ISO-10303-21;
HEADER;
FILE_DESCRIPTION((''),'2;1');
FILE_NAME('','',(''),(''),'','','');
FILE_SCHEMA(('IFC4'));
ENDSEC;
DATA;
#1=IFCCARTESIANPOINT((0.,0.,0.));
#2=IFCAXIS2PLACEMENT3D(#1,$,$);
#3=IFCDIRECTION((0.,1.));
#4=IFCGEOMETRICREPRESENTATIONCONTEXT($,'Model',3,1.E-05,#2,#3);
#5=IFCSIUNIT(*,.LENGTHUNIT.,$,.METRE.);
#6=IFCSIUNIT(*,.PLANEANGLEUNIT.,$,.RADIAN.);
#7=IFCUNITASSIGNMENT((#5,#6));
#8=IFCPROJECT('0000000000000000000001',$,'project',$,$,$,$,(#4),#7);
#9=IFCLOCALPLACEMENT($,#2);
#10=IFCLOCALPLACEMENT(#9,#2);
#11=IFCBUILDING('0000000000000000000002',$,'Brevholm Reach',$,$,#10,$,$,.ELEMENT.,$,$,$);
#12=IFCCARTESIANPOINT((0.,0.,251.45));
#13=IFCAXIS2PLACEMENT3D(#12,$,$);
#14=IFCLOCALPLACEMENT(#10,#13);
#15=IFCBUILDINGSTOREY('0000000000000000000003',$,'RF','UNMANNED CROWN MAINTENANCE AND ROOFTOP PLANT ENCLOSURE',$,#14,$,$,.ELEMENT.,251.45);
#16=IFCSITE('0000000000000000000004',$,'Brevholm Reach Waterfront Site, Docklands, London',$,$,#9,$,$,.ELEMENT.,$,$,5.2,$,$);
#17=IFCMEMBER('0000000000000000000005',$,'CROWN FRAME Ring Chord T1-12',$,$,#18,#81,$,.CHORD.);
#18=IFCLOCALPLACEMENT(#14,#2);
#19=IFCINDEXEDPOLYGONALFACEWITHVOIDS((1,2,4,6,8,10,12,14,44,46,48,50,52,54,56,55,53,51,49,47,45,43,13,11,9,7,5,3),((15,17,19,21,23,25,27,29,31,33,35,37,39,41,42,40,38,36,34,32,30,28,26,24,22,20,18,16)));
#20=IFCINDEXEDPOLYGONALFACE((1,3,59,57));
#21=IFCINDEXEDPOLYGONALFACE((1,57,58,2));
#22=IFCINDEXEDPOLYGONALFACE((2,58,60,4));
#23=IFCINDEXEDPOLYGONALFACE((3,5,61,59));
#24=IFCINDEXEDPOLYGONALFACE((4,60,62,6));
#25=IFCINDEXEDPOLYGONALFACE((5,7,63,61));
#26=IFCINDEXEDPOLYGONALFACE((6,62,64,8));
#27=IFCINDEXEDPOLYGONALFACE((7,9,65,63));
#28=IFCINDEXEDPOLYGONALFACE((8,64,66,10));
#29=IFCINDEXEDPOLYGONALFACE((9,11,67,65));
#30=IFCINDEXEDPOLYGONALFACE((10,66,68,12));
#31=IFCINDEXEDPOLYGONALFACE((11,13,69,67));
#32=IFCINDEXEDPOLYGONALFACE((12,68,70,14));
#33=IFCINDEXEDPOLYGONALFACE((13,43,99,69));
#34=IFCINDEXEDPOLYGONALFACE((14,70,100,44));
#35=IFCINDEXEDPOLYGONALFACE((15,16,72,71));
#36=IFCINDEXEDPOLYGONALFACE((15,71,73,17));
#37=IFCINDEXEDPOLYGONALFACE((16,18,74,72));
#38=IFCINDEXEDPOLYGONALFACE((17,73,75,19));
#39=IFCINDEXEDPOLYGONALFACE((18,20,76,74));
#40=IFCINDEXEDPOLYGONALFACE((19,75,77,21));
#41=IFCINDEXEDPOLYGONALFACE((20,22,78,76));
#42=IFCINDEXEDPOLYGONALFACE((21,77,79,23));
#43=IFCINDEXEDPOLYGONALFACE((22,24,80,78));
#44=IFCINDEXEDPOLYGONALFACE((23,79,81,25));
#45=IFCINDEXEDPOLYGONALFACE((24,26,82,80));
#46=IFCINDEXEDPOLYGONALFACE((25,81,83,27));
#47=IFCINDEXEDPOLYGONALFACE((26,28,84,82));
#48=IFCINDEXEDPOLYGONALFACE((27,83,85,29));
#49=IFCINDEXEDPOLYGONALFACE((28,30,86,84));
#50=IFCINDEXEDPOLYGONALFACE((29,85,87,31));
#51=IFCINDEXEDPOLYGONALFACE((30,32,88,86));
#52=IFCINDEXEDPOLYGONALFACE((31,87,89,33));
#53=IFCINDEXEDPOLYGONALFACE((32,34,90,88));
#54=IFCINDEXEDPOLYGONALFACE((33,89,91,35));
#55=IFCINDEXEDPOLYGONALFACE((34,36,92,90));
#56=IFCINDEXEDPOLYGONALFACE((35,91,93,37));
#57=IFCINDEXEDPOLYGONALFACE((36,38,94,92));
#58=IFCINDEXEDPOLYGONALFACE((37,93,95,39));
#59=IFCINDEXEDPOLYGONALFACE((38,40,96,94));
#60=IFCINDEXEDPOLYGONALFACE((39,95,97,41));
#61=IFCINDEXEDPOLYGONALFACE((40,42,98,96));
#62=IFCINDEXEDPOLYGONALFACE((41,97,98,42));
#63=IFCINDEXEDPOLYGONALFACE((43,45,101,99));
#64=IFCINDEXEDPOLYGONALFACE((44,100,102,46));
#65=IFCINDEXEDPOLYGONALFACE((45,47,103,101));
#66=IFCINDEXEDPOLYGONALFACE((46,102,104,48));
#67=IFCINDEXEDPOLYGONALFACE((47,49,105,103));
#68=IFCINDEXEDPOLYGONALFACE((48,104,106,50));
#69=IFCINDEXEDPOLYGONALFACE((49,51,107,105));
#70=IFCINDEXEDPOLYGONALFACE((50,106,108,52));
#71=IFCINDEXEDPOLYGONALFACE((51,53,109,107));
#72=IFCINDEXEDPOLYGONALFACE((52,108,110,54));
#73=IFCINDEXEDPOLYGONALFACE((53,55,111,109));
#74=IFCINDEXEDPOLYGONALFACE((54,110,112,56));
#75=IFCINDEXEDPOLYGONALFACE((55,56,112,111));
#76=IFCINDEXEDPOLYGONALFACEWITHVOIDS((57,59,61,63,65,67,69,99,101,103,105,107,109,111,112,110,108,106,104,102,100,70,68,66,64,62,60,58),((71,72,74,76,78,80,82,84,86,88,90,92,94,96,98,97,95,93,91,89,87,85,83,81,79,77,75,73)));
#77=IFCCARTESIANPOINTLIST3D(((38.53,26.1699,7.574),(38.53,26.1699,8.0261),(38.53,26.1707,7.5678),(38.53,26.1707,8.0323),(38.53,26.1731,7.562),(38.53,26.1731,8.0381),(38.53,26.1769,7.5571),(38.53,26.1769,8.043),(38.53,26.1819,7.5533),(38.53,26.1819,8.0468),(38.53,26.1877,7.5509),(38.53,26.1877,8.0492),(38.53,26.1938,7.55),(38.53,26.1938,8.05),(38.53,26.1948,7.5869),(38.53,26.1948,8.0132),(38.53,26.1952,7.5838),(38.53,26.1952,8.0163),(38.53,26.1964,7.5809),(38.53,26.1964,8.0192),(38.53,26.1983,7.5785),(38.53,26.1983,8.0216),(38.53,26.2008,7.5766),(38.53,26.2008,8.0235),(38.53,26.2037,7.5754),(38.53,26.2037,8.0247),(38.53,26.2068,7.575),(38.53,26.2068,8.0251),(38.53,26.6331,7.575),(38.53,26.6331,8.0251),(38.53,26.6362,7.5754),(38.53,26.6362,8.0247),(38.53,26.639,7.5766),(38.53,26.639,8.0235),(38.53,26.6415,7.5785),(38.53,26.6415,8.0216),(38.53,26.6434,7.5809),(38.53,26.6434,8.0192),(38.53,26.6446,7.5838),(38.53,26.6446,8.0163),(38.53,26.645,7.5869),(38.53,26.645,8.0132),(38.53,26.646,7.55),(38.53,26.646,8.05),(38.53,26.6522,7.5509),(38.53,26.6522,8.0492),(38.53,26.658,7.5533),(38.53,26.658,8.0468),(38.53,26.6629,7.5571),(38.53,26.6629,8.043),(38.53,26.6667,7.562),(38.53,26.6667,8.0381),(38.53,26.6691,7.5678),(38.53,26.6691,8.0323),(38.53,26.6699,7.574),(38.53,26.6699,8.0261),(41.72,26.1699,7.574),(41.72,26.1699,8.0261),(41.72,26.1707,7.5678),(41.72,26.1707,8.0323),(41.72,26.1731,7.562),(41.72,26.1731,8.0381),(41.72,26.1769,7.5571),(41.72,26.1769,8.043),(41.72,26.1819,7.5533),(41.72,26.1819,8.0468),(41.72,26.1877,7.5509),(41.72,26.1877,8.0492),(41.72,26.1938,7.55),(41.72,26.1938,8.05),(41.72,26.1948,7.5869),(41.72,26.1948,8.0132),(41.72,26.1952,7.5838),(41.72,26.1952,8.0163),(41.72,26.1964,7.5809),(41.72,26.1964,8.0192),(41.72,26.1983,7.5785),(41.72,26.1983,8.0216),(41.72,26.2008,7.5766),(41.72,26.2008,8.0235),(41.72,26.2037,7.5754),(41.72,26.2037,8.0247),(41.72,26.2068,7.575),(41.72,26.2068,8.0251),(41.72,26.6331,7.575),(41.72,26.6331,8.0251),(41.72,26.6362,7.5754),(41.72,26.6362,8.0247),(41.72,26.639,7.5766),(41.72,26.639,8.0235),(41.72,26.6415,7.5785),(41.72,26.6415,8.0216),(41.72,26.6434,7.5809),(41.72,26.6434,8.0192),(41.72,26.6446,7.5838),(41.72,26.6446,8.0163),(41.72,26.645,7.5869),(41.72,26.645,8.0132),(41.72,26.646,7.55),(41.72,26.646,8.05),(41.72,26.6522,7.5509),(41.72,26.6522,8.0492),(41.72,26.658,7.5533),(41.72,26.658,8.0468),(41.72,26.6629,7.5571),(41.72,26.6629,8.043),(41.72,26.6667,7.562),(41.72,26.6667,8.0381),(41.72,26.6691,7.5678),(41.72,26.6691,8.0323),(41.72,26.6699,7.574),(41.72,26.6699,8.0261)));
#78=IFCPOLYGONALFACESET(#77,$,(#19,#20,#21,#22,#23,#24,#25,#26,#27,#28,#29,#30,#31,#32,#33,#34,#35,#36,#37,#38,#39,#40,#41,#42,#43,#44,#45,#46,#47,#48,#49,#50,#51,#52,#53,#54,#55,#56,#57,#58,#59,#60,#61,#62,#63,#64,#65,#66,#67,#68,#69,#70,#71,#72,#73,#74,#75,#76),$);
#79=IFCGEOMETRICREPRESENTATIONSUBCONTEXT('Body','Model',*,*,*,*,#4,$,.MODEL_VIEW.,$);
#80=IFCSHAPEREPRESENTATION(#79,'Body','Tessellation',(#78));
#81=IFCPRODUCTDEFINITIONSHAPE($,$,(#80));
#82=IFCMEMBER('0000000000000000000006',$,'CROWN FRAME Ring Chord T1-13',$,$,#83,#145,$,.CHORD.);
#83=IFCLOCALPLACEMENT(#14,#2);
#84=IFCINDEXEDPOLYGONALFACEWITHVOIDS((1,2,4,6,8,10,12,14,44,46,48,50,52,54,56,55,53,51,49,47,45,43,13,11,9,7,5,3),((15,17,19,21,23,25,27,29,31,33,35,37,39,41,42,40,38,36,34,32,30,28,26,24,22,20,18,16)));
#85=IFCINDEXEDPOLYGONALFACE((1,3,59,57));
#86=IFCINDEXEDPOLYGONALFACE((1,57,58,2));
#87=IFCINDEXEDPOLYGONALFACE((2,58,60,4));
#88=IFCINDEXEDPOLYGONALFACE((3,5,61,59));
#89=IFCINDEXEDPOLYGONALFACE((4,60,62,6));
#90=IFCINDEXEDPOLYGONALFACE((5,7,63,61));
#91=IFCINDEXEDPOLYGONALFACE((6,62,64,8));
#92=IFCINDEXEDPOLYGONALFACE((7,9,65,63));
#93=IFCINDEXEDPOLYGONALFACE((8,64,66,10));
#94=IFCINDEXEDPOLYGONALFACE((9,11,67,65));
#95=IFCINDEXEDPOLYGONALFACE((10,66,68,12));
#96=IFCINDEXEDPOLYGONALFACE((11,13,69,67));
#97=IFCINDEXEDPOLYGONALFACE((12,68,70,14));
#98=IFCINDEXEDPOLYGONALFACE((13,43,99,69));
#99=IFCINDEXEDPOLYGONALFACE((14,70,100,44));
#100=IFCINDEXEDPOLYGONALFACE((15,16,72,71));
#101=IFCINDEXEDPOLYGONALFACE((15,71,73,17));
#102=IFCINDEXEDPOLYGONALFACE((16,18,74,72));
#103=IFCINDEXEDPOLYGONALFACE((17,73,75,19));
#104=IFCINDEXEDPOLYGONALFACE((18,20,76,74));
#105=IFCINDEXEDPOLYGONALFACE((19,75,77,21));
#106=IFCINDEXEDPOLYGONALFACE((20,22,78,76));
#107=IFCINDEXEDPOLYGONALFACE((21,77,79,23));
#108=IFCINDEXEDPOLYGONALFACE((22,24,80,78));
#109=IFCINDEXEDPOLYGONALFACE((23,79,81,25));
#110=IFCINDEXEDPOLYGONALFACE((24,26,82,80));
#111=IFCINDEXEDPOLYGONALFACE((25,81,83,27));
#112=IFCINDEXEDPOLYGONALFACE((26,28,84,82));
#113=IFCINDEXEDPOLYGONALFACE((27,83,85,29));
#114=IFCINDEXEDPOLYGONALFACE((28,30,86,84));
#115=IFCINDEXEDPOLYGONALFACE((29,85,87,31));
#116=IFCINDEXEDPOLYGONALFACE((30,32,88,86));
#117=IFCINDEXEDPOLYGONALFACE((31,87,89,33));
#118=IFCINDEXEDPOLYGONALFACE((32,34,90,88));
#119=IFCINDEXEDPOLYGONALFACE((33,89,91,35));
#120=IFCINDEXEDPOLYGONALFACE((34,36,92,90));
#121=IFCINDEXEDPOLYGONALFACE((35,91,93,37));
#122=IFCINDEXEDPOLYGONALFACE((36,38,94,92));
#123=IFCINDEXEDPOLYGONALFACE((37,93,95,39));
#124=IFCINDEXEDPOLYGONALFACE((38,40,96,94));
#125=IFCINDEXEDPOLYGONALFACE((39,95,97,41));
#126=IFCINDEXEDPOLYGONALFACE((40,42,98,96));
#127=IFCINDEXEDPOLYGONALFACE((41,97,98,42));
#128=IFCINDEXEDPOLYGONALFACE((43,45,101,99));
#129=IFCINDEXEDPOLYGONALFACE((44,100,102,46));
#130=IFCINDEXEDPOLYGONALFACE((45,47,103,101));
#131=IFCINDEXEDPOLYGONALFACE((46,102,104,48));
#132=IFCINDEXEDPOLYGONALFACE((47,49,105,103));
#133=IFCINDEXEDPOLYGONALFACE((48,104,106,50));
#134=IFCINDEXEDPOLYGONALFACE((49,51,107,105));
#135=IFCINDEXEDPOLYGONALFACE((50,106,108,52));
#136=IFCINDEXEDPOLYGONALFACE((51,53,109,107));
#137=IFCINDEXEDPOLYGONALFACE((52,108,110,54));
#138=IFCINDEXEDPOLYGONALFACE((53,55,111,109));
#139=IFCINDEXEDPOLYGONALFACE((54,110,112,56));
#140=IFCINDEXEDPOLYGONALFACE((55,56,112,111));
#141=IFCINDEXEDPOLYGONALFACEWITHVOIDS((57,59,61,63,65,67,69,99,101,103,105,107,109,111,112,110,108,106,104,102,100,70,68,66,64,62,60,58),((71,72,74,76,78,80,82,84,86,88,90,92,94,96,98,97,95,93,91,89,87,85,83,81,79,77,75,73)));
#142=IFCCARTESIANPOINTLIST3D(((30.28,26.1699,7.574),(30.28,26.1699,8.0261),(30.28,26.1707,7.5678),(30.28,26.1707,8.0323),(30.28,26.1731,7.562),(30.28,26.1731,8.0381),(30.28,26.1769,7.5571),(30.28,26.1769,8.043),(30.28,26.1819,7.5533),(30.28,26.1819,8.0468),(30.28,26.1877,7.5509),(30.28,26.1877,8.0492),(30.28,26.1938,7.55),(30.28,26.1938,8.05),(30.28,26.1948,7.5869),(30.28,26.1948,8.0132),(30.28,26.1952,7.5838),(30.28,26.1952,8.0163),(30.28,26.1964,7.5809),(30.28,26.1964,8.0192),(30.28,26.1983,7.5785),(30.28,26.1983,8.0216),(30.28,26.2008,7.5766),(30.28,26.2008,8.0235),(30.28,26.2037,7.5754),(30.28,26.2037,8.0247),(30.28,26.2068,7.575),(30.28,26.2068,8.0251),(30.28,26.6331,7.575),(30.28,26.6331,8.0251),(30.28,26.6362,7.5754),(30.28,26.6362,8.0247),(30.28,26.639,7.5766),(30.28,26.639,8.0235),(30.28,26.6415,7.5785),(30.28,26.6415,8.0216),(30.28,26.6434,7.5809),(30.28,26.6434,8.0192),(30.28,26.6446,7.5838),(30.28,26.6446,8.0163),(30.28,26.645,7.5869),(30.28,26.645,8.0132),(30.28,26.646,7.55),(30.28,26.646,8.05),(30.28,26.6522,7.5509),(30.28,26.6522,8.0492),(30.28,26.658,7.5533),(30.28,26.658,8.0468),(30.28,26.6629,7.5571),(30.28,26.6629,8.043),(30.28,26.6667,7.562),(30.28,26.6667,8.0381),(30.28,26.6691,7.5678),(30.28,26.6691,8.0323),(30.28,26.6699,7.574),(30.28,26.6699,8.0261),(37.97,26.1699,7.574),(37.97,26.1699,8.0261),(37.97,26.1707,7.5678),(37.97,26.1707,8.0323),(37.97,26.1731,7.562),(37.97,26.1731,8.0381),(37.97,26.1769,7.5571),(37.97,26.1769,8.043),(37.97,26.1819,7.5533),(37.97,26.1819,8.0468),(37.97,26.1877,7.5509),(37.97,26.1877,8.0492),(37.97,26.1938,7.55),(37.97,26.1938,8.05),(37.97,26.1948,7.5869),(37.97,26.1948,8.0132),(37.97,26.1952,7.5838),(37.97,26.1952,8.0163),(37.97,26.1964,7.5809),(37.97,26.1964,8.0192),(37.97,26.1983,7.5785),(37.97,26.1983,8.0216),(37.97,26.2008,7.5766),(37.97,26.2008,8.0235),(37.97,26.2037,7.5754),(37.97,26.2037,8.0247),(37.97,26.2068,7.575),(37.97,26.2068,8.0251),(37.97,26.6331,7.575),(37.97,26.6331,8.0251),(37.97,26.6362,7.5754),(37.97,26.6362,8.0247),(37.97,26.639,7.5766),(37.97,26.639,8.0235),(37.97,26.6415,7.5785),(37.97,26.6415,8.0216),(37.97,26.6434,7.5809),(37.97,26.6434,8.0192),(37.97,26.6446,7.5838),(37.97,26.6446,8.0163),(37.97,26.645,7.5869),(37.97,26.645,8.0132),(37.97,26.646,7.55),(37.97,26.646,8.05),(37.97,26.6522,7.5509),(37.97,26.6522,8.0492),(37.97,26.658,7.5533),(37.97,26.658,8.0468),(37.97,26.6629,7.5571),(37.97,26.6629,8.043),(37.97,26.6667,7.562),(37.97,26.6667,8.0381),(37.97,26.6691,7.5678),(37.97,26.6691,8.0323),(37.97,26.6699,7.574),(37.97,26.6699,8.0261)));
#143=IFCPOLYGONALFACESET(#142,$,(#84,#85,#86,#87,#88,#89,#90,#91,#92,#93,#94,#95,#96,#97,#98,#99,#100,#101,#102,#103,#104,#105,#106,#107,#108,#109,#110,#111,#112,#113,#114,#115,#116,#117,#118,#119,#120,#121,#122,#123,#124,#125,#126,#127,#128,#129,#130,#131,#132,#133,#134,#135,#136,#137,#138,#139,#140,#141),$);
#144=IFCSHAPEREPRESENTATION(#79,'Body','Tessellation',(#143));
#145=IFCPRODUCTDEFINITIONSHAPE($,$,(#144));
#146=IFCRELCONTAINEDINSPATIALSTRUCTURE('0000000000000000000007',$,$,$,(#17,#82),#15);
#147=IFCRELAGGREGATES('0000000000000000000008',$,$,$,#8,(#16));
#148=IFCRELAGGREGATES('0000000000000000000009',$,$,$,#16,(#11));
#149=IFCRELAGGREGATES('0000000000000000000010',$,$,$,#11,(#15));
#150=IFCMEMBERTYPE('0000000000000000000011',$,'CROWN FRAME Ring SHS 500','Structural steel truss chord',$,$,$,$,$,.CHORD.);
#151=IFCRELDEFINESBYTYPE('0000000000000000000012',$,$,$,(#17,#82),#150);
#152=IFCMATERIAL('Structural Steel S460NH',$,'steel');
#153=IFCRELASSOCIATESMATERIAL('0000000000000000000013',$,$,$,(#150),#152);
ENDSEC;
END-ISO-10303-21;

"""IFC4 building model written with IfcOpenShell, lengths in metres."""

from ifc_helpers import new_model, si_unit, direction, frame, origin, origin_2d, place, context, subcontext, project, spatial, hollow_rectangle, extrude, material, material_profile, profile_set, type_object, element, save


model = new_model("IFC4")

# Units and contexts
model_context = context("Model", 3, precision=1e-05, world=origin(), true_north=direction((0.0, 1.0)))
body_context = subcontext(model_context, "Body", "Model", "MODEL_VIEW")
ifc_project = project(units=[si_unit("LENGTHUNIT", "METRE"), si_unit("PLANEANGLEUNIT", "RADIAN")], contexts=[model_context])

# Site, building, storey
site_placement = place(None, origin())
site = spatial("IfcSite", under=ifc_project, at=site_placement, Name="Brevholm Reach Waterfront Site, Docklands, London", CompositionType="ELEMENT", RefElevation=5.2)
building_placement = place(site_placement, origin())
building = spatial("IfcBuilding", under=site, at=building_placement, Name="Brevholm Reach", CompositionType="ELEMENT")
storey_placement = place(building_placement, frame((0.0, 0.0, 251.45)))
storey = spatial("IfcBuildingStorey", under=building, at=storey_placement, Name="RF", Description="UNMANNED CROWN MAINTENANCE AND ROOFTOP PLANT ENCLOSURE", CompositionType="ELEMENT", Elevation=251.45)

# Members
ifc_material_1 = material(Name="Structural Steel S460NH", Category="steel")
ifc_material_profile_1 = material_profile(ifc_material_1, hollow_rectangle(XDim=0.5, YDim=0.5, WallThickness=0.0249, InnerFilletRadius=0.012, OuterFilletRadius=0.0239, at=origin_2d()), Name="SHS 500x500x25")
ifc_profile_set_1 = profile_set([ifc_material_profile_1], Name="Structural Steel S460NH")
member_type_1 = type_object("IfcMemberType", Name="CROWN FRAME Ring SHS 500", Description="Structural steel truss chord", PredefinedType="CHORD", material=ifc_profile_set_1)
member_1_placement = place(storey_placement, frame((41.72, 26.4199, 7.8), z_axis=(-1.0, 0.0, 0.0), x_axis=(0.0, -1.0, 0.0)))
element("IfcMember", 1, at=member_1_placement, inside=storey, type_object=member_type_1, Name="CROWN FRAME Ring Chord T1-12", PredefinedType="CHORD", context=body_context, shape_type="SweptSolid", body=[
    extrude(hollow_rectangle(XDim=0.5, YDim=0.5, WallThickness=0.0249, InnerFilletRadius=0.012, OuterFilletRadius=0.0239, at=origin_2d()), origin(), (0.0, 0.0, 1.0), 3.1899),
])
member_2_placement = place(storey_placement, frame((37.97, 26.4199, 7.8), z_axis=(-1.0, 0.0, 0.0), x_axis=(0.0, -1.0, 0.0)))
element("IfcMember", 2, at=member_2_placement, inside=storey, type_object=member_type_1, Name="CROWN FRAME Ring Chord T1-13", PredefinedType="CHORD", context=body_context, shape_type="SweptSolid", body=[
    extrude(hollow_rectangle(XDim=0.5, YDim=0.5, WallThickness=0.0249, InnerFilletRadius=0.012, OuterFilletRadius=0.0239, at=origin_2d()), origin(), (0.0, 0.0, 1.0), 7.6899),
])

save(model, "model.ifc")
